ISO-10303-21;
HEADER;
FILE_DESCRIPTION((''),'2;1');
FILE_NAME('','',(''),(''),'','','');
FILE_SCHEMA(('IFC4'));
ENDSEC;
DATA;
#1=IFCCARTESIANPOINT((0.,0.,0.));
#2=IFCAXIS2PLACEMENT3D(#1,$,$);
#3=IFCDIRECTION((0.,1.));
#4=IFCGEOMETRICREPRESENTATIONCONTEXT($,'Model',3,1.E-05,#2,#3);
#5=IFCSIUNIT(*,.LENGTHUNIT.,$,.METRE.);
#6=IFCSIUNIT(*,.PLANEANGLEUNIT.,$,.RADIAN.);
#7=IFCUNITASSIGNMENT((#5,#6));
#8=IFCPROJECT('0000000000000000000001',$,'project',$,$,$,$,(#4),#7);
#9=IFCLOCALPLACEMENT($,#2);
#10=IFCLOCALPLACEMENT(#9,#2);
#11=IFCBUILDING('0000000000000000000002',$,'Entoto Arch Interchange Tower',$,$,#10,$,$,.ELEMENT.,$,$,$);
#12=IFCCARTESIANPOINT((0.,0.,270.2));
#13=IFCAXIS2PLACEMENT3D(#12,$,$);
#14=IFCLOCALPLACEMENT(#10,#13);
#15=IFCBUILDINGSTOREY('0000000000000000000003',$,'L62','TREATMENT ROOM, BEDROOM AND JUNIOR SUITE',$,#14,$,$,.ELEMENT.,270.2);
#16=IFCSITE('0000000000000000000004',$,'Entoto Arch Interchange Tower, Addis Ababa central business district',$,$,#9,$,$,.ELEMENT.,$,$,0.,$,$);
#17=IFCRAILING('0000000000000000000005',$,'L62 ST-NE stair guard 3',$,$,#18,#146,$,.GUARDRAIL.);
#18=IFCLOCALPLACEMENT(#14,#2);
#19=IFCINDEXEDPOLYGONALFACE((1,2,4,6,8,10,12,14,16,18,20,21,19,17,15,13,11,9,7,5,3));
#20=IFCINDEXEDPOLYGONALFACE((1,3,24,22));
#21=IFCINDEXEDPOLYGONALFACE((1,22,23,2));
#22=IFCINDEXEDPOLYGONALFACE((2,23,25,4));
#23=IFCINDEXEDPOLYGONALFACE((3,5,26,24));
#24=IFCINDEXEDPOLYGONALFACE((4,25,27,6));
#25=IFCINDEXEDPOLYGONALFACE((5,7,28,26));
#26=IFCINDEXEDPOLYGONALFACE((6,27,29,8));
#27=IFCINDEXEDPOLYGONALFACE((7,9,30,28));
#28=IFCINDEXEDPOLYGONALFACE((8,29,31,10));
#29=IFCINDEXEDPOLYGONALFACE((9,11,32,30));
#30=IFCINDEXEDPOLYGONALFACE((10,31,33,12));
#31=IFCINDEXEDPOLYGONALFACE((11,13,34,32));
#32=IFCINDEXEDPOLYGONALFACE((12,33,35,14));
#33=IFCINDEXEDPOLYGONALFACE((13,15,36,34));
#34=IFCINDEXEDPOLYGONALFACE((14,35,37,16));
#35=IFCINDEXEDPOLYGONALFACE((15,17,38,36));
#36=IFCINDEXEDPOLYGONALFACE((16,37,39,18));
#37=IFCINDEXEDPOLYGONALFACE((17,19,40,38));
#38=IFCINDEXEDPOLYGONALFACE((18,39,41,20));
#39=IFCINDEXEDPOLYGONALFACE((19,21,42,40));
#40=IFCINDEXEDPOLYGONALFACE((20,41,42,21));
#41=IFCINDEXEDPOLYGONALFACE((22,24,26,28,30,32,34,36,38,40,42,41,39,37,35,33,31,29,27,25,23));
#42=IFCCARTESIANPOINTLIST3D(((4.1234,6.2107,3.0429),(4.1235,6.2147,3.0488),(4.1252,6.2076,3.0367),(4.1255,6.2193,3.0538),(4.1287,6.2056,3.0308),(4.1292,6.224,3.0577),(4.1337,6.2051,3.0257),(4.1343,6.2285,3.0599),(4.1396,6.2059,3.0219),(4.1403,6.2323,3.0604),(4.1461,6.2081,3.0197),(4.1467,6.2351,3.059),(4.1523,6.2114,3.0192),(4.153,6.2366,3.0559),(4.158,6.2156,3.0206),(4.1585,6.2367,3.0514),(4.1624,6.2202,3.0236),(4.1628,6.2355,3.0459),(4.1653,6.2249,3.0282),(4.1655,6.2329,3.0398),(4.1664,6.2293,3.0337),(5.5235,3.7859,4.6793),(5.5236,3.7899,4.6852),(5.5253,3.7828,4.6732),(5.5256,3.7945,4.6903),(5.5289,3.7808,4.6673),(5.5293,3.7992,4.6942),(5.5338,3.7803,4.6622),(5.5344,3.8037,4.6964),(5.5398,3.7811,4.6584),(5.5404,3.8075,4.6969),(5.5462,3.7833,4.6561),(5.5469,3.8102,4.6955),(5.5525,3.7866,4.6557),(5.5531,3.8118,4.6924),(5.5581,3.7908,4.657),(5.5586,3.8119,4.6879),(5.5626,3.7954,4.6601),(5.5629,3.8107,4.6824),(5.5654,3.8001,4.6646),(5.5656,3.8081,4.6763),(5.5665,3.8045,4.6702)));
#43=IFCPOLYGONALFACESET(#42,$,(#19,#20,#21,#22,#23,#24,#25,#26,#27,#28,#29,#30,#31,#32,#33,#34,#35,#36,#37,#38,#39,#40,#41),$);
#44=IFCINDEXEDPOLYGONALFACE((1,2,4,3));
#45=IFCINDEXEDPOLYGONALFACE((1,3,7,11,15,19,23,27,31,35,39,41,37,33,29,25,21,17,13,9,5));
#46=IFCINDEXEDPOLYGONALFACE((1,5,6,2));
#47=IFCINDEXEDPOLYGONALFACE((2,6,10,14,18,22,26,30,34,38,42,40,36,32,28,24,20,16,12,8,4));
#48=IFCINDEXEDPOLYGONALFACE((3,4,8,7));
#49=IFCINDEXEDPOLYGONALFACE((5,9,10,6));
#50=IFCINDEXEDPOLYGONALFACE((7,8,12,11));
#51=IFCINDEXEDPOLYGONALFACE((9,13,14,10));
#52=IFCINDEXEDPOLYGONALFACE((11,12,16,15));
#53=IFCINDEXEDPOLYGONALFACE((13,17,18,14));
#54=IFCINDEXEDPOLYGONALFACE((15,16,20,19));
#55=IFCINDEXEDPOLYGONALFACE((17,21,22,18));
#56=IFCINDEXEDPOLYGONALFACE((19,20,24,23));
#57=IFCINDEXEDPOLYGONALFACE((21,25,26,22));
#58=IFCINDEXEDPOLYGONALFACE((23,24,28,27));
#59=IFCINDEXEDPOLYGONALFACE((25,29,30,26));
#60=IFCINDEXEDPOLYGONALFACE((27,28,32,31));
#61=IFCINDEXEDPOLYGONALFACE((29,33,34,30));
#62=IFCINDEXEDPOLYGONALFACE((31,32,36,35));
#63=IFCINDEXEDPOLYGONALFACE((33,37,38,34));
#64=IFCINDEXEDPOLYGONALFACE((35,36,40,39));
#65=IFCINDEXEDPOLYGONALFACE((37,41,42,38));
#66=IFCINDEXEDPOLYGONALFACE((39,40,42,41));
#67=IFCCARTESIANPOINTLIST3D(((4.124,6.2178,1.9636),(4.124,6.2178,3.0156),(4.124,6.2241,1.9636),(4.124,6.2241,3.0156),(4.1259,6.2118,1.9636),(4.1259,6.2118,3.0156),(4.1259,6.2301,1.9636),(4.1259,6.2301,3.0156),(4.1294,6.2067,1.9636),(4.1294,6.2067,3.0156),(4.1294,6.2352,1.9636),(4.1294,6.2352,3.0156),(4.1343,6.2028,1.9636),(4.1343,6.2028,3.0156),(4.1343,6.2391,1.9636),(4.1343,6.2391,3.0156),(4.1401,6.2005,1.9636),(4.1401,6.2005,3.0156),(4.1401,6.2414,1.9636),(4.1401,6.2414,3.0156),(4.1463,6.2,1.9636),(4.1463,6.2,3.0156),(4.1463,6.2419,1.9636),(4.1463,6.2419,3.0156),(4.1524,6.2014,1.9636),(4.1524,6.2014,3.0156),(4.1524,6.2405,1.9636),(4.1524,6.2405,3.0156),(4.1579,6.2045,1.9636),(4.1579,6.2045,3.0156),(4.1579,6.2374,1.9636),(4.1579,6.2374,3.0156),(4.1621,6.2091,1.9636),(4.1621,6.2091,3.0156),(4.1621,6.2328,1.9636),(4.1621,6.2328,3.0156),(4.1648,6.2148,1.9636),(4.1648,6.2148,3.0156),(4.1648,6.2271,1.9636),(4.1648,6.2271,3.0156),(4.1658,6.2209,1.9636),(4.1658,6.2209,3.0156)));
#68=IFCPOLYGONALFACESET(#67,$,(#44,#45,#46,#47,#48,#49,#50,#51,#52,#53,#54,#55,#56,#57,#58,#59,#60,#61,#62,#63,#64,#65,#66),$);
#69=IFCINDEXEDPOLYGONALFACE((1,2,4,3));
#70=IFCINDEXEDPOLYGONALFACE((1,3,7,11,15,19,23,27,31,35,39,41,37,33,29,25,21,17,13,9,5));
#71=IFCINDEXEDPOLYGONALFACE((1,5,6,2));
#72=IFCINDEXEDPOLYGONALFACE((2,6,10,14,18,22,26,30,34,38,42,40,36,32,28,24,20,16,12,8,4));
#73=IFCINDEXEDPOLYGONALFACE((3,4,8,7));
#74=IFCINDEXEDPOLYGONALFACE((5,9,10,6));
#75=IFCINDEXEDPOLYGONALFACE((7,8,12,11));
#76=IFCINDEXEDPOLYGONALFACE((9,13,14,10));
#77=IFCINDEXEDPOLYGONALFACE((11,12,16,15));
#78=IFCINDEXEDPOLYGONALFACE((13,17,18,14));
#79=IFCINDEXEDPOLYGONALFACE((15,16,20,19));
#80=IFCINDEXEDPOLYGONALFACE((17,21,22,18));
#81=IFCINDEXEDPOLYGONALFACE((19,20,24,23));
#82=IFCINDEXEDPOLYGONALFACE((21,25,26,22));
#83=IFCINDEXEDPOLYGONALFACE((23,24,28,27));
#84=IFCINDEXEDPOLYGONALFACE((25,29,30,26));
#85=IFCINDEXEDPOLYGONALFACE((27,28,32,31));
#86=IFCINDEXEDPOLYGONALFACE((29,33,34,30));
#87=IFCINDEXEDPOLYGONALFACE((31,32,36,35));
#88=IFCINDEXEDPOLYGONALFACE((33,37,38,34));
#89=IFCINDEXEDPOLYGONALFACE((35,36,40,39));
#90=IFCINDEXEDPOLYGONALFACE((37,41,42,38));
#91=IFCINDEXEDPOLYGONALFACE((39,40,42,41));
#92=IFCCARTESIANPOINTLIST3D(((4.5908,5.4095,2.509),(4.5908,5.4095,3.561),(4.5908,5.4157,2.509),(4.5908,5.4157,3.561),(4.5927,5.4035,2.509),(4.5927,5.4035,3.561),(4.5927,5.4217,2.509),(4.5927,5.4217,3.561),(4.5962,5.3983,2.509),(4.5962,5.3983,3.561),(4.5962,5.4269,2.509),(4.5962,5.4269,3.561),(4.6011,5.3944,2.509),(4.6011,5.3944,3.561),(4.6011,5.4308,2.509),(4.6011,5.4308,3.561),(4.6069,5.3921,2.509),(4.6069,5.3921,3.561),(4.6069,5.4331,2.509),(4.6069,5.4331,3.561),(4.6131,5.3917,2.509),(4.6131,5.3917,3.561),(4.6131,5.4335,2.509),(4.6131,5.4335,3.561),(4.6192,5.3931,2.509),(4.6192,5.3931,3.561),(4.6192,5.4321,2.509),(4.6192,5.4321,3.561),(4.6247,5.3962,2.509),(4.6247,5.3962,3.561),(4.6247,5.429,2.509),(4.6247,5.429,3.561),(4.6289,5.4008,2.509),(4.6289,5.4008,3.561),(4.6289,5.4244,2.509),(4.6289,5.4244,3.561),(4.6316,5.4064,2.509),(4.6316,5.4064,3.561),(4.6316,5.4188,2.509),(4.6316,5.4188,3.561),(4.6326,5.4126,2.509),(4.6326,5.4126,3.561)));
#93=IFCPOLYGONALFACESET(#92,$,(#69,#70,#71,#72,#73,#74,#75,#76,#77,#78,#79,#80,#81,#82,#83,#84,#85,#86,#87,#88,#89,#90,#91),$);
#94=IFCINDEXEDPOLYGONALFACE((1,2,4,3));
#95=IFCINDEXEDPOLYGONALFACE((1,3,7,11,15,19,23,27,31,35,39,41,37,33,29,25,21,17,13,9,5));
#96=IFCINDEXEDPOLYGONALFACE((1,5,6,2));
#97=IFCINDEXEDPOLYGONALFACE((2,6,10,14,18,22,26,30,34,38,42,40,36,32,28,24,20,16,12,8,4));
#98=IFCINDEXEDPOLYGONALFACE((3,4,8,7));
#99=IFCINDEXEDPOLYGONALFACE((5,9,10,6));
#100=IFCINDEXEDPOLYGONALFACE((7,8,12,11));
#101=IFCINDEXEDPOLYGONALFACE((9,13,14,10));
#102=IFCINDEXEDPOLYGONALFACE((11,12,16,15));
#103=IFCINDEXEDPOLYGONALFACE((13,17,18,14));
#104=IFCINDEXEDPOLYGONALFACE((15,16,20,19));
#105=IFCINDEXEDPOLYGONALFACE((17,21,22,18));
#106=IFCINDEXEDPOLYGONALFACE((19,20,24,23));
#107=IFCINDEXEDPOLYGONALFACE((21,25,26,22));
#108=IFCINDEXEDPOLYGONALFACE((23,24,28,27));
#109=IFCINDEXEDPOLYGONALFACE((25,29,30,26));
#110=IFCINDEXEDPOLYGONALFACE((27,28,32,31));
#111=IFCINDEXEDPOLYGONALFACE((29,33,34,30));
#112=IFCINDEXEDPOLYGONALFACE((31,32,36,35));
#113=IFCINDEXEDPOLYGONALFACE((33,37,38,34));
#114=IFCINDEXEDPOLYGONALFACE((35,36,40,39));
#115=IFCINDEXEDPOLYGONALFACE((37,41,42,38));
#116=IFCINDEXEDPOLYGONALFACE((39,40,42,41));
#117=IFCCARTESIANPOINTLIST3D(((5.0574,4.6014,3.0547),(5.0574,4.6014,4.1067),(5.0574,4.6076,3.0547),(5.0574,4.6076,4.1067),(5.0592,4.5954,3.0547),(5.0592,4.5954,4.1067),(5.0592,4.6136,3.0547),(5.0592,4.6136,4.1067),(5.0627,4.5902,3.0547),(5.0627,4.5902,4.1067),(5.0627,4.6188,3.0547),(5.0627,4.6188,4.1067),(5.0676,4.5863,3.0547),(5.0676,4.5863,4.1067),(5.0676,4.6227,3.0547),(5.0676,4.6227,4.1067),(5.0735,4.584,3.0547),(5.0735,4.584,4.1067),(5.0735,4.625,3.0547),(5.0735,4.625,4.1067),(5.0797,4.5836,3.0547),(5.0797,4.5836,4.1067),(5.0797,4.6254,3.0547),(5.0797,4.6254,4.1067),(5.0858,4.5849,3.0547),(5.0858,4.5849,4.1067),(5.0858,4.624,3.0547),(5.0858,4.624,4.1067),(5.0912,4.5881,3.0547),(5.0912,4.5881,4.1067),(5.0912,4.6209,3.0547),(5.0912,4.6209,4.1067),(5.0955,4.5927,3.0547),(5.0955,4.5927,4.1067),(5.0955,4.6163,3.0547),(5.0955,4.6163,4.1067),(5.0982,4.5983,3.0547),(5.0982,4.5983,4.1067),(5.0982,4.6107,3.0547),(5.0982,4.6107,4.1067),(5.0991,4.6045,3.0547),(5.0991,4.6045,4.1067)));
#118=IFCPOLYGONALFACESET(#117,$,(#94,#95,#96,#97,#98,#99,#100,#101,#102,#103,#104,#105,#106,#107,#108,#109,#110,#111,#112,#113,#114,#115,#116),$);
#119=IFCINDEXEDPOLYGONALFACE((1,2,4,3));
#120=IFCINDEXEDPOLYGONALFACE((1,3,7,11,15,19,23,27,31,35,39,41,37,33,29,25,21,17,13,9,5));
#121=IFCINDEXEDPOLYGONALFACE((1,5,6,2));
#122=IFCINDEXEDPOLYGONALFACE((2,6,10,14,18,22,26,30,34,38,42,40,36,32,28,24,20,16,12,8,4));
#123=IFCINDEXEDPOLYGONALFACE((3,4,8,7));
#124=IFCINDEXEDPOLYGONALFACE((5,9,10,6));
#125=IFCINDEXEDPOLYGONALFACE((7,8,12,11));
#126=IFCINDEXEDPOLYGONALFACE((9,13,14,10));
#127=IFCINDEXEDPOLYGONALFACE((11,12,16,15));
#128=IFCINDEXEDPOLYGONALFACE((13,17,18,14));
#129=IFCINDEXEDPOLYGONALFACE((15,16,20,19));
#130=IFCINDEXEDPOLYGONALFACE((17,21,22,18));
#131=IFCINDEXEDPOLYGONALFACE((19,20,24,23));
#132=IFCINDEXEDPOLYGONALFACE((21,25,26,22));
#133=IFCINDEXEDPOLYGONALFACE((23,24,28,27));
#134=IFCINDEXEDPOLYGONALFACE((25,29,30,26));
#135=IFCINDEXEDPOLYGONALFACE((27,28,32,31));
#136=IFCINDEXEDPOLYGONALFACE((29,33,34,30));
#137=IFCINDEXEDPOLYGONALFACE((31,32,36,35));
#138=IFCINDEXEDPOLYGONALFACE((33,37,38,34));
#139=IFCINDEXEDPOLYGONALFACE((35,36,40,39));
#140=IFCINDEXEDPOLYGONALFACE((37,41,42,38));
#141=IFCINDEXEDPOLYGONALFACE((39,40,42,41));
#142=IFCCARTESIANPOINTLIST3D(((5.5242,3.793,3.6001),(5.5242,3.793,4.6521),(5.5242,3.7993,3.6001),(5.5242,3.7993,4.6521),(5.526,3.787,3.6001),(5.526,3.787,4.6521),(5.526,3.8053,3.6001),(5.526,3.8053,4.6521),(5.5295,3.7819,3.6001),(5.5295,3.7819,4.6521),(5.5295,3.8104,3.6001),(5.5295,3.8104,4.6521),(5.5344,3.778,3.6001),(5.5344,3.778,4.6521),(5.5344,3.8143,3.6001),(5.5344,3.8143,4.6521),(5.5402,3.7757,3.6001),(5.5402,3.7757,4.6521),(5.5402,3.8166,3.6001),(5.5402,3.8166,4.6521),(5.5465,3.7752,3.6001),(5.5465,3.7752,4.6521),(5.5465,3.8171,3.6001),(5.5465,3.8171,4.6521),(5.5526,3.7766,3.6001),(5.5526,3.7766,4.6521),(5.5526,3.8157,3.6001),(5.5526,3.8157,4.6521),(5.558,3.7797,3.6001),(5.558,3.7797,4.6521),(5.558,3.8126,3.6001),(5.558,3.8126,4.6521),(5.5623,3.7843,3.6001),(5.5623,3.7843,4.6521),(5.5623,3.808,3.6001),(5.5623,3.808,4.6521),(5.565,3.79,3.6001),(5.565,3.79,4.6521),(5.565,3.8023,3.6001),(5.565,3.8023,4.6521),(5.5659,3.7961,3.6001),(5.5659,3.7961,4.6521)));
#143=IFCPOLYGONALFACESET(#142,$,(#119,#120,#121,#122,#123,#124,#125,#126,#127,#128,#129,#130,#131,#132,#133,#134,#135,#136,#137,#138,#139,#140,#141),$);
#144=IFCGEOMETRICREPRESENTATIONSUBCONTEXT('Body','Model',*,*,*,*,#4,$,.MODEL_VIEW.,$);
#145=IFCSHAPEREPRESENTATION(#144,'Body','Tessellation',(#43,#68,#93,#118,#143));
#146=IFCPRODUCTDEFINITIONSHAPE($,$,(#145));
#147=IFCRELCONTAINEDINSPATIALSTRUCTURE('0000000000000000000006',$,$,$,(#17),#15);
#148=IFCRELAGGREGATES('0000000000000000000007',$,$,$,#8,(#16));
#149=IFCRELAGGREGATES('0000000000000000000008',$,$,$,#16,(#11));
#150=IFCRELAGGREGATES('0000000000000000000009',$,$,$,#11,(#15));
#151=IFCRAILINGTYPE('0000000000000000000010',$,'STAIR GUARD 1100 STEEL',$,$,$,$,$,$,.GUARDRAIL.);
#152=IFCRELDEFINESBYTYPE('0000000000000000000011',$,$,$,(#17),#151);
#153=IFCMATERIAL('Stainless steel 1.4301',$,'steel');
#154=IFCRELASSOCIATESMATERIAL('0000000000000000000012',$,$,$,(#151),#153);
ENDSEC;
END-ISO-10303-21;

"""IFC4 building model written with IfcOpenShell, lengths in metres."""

from ifc_helpers import new_model, si_unit, direction, frame, origin, origin_2d, place, context, subcontext, project, spatial, circle, extrude, material, type_object, element, save


model = new_model("IFC4")

# Units and contexts
model_context = context("Model", 3, precision=1e-05, world=origin(), true_north=direction((0.0, 1.0)))
body_context = subcontext(model_context, "Body", "Model", "MODEL_VIEW")
ifc_project = project(units=[si_unit("LENGTHUNIT", "METRE"), si_unit("PLANEANGLEUNIT", "RADIAN")], contexts=[model_context])

# Site, building, storey
site_placement = place(None, origin())
site = spatial("IfcSite", under=ifc_project, at=site_placement, Name="Entoto Arch Interchange Tower, Addis Ababa central business district", CompositionType="ELEMENT", RefElevation=0.0)
building_placement = place(site_placement, origin())
building = spatial("IfcBuilding", under=site, at=building_placement, Name="Entoto Arch Interchange Tower", CompositionType="ELEMENT")
storey_placement = place(building_placement, frame((0.0, 0.0, 270.2)))
storey = spatial("IfcBuildingStorey", under=building, at=storey_placement, Name="L62", Description="TREATMENT ROOM, BEDROOM AND JUNIOR SUITE", CompositionType="ELEMENT", Elevation=270.2)

# Railing
ifc_material_1 = material(Name="Stainless steel 1.4301", Category="steel")
railing_type_1 = type_object("IfcRailingType", Name="STAIR GUARD 1100 STEEL", PredefinedType="GUARDRAIL", material=ifc_material_1)
railing_1_placement = place(storey_placement, frame((4.1448, 6.2209, 1.9636)))
element("IfcRailing", 1, at=railing_1_placement, inside=storey, type_object=railing_type_1, Name="L62 ST-NE stair guard 3", PredefinedType="GUARDRAIL", context=body_context, shape_type="SweptSolid", body=[
    extrude(circle(Radius=0.0239, at=origin_2d()), frame((0.0, 0.0, 1.0762), z_axis=(0.431722, -0.747666, 0.504591), x_axis=(0.865997, 0.50005, 0.0)), (0.0, 0.0, 1.0), 3.2432),
    extrude(circle(Radius=0.021, at=origin_2d()), origin(), (0.0, 0.0, 1.0), 1.052),
    extrude(circle(Radius=0.021, at=origin_2d()), frame((0.4668, -0.8083, 0.5454)), (0.0, 0.0, 1.0), 1.052),
    extrude(circle(Radius=0.021, at=origin_2d()), frame((0.9333, -1.6165, 1.0911)), (0.0, 0.0, 1.0), 1.052),
    extrude(circle(Radius=0.021, at=origin_2d()), frame((1.4001, -2.4248, 1.6365)), (0.0, 0.0, 1.0), 1.052),
])

save(model, "model.ifc")
